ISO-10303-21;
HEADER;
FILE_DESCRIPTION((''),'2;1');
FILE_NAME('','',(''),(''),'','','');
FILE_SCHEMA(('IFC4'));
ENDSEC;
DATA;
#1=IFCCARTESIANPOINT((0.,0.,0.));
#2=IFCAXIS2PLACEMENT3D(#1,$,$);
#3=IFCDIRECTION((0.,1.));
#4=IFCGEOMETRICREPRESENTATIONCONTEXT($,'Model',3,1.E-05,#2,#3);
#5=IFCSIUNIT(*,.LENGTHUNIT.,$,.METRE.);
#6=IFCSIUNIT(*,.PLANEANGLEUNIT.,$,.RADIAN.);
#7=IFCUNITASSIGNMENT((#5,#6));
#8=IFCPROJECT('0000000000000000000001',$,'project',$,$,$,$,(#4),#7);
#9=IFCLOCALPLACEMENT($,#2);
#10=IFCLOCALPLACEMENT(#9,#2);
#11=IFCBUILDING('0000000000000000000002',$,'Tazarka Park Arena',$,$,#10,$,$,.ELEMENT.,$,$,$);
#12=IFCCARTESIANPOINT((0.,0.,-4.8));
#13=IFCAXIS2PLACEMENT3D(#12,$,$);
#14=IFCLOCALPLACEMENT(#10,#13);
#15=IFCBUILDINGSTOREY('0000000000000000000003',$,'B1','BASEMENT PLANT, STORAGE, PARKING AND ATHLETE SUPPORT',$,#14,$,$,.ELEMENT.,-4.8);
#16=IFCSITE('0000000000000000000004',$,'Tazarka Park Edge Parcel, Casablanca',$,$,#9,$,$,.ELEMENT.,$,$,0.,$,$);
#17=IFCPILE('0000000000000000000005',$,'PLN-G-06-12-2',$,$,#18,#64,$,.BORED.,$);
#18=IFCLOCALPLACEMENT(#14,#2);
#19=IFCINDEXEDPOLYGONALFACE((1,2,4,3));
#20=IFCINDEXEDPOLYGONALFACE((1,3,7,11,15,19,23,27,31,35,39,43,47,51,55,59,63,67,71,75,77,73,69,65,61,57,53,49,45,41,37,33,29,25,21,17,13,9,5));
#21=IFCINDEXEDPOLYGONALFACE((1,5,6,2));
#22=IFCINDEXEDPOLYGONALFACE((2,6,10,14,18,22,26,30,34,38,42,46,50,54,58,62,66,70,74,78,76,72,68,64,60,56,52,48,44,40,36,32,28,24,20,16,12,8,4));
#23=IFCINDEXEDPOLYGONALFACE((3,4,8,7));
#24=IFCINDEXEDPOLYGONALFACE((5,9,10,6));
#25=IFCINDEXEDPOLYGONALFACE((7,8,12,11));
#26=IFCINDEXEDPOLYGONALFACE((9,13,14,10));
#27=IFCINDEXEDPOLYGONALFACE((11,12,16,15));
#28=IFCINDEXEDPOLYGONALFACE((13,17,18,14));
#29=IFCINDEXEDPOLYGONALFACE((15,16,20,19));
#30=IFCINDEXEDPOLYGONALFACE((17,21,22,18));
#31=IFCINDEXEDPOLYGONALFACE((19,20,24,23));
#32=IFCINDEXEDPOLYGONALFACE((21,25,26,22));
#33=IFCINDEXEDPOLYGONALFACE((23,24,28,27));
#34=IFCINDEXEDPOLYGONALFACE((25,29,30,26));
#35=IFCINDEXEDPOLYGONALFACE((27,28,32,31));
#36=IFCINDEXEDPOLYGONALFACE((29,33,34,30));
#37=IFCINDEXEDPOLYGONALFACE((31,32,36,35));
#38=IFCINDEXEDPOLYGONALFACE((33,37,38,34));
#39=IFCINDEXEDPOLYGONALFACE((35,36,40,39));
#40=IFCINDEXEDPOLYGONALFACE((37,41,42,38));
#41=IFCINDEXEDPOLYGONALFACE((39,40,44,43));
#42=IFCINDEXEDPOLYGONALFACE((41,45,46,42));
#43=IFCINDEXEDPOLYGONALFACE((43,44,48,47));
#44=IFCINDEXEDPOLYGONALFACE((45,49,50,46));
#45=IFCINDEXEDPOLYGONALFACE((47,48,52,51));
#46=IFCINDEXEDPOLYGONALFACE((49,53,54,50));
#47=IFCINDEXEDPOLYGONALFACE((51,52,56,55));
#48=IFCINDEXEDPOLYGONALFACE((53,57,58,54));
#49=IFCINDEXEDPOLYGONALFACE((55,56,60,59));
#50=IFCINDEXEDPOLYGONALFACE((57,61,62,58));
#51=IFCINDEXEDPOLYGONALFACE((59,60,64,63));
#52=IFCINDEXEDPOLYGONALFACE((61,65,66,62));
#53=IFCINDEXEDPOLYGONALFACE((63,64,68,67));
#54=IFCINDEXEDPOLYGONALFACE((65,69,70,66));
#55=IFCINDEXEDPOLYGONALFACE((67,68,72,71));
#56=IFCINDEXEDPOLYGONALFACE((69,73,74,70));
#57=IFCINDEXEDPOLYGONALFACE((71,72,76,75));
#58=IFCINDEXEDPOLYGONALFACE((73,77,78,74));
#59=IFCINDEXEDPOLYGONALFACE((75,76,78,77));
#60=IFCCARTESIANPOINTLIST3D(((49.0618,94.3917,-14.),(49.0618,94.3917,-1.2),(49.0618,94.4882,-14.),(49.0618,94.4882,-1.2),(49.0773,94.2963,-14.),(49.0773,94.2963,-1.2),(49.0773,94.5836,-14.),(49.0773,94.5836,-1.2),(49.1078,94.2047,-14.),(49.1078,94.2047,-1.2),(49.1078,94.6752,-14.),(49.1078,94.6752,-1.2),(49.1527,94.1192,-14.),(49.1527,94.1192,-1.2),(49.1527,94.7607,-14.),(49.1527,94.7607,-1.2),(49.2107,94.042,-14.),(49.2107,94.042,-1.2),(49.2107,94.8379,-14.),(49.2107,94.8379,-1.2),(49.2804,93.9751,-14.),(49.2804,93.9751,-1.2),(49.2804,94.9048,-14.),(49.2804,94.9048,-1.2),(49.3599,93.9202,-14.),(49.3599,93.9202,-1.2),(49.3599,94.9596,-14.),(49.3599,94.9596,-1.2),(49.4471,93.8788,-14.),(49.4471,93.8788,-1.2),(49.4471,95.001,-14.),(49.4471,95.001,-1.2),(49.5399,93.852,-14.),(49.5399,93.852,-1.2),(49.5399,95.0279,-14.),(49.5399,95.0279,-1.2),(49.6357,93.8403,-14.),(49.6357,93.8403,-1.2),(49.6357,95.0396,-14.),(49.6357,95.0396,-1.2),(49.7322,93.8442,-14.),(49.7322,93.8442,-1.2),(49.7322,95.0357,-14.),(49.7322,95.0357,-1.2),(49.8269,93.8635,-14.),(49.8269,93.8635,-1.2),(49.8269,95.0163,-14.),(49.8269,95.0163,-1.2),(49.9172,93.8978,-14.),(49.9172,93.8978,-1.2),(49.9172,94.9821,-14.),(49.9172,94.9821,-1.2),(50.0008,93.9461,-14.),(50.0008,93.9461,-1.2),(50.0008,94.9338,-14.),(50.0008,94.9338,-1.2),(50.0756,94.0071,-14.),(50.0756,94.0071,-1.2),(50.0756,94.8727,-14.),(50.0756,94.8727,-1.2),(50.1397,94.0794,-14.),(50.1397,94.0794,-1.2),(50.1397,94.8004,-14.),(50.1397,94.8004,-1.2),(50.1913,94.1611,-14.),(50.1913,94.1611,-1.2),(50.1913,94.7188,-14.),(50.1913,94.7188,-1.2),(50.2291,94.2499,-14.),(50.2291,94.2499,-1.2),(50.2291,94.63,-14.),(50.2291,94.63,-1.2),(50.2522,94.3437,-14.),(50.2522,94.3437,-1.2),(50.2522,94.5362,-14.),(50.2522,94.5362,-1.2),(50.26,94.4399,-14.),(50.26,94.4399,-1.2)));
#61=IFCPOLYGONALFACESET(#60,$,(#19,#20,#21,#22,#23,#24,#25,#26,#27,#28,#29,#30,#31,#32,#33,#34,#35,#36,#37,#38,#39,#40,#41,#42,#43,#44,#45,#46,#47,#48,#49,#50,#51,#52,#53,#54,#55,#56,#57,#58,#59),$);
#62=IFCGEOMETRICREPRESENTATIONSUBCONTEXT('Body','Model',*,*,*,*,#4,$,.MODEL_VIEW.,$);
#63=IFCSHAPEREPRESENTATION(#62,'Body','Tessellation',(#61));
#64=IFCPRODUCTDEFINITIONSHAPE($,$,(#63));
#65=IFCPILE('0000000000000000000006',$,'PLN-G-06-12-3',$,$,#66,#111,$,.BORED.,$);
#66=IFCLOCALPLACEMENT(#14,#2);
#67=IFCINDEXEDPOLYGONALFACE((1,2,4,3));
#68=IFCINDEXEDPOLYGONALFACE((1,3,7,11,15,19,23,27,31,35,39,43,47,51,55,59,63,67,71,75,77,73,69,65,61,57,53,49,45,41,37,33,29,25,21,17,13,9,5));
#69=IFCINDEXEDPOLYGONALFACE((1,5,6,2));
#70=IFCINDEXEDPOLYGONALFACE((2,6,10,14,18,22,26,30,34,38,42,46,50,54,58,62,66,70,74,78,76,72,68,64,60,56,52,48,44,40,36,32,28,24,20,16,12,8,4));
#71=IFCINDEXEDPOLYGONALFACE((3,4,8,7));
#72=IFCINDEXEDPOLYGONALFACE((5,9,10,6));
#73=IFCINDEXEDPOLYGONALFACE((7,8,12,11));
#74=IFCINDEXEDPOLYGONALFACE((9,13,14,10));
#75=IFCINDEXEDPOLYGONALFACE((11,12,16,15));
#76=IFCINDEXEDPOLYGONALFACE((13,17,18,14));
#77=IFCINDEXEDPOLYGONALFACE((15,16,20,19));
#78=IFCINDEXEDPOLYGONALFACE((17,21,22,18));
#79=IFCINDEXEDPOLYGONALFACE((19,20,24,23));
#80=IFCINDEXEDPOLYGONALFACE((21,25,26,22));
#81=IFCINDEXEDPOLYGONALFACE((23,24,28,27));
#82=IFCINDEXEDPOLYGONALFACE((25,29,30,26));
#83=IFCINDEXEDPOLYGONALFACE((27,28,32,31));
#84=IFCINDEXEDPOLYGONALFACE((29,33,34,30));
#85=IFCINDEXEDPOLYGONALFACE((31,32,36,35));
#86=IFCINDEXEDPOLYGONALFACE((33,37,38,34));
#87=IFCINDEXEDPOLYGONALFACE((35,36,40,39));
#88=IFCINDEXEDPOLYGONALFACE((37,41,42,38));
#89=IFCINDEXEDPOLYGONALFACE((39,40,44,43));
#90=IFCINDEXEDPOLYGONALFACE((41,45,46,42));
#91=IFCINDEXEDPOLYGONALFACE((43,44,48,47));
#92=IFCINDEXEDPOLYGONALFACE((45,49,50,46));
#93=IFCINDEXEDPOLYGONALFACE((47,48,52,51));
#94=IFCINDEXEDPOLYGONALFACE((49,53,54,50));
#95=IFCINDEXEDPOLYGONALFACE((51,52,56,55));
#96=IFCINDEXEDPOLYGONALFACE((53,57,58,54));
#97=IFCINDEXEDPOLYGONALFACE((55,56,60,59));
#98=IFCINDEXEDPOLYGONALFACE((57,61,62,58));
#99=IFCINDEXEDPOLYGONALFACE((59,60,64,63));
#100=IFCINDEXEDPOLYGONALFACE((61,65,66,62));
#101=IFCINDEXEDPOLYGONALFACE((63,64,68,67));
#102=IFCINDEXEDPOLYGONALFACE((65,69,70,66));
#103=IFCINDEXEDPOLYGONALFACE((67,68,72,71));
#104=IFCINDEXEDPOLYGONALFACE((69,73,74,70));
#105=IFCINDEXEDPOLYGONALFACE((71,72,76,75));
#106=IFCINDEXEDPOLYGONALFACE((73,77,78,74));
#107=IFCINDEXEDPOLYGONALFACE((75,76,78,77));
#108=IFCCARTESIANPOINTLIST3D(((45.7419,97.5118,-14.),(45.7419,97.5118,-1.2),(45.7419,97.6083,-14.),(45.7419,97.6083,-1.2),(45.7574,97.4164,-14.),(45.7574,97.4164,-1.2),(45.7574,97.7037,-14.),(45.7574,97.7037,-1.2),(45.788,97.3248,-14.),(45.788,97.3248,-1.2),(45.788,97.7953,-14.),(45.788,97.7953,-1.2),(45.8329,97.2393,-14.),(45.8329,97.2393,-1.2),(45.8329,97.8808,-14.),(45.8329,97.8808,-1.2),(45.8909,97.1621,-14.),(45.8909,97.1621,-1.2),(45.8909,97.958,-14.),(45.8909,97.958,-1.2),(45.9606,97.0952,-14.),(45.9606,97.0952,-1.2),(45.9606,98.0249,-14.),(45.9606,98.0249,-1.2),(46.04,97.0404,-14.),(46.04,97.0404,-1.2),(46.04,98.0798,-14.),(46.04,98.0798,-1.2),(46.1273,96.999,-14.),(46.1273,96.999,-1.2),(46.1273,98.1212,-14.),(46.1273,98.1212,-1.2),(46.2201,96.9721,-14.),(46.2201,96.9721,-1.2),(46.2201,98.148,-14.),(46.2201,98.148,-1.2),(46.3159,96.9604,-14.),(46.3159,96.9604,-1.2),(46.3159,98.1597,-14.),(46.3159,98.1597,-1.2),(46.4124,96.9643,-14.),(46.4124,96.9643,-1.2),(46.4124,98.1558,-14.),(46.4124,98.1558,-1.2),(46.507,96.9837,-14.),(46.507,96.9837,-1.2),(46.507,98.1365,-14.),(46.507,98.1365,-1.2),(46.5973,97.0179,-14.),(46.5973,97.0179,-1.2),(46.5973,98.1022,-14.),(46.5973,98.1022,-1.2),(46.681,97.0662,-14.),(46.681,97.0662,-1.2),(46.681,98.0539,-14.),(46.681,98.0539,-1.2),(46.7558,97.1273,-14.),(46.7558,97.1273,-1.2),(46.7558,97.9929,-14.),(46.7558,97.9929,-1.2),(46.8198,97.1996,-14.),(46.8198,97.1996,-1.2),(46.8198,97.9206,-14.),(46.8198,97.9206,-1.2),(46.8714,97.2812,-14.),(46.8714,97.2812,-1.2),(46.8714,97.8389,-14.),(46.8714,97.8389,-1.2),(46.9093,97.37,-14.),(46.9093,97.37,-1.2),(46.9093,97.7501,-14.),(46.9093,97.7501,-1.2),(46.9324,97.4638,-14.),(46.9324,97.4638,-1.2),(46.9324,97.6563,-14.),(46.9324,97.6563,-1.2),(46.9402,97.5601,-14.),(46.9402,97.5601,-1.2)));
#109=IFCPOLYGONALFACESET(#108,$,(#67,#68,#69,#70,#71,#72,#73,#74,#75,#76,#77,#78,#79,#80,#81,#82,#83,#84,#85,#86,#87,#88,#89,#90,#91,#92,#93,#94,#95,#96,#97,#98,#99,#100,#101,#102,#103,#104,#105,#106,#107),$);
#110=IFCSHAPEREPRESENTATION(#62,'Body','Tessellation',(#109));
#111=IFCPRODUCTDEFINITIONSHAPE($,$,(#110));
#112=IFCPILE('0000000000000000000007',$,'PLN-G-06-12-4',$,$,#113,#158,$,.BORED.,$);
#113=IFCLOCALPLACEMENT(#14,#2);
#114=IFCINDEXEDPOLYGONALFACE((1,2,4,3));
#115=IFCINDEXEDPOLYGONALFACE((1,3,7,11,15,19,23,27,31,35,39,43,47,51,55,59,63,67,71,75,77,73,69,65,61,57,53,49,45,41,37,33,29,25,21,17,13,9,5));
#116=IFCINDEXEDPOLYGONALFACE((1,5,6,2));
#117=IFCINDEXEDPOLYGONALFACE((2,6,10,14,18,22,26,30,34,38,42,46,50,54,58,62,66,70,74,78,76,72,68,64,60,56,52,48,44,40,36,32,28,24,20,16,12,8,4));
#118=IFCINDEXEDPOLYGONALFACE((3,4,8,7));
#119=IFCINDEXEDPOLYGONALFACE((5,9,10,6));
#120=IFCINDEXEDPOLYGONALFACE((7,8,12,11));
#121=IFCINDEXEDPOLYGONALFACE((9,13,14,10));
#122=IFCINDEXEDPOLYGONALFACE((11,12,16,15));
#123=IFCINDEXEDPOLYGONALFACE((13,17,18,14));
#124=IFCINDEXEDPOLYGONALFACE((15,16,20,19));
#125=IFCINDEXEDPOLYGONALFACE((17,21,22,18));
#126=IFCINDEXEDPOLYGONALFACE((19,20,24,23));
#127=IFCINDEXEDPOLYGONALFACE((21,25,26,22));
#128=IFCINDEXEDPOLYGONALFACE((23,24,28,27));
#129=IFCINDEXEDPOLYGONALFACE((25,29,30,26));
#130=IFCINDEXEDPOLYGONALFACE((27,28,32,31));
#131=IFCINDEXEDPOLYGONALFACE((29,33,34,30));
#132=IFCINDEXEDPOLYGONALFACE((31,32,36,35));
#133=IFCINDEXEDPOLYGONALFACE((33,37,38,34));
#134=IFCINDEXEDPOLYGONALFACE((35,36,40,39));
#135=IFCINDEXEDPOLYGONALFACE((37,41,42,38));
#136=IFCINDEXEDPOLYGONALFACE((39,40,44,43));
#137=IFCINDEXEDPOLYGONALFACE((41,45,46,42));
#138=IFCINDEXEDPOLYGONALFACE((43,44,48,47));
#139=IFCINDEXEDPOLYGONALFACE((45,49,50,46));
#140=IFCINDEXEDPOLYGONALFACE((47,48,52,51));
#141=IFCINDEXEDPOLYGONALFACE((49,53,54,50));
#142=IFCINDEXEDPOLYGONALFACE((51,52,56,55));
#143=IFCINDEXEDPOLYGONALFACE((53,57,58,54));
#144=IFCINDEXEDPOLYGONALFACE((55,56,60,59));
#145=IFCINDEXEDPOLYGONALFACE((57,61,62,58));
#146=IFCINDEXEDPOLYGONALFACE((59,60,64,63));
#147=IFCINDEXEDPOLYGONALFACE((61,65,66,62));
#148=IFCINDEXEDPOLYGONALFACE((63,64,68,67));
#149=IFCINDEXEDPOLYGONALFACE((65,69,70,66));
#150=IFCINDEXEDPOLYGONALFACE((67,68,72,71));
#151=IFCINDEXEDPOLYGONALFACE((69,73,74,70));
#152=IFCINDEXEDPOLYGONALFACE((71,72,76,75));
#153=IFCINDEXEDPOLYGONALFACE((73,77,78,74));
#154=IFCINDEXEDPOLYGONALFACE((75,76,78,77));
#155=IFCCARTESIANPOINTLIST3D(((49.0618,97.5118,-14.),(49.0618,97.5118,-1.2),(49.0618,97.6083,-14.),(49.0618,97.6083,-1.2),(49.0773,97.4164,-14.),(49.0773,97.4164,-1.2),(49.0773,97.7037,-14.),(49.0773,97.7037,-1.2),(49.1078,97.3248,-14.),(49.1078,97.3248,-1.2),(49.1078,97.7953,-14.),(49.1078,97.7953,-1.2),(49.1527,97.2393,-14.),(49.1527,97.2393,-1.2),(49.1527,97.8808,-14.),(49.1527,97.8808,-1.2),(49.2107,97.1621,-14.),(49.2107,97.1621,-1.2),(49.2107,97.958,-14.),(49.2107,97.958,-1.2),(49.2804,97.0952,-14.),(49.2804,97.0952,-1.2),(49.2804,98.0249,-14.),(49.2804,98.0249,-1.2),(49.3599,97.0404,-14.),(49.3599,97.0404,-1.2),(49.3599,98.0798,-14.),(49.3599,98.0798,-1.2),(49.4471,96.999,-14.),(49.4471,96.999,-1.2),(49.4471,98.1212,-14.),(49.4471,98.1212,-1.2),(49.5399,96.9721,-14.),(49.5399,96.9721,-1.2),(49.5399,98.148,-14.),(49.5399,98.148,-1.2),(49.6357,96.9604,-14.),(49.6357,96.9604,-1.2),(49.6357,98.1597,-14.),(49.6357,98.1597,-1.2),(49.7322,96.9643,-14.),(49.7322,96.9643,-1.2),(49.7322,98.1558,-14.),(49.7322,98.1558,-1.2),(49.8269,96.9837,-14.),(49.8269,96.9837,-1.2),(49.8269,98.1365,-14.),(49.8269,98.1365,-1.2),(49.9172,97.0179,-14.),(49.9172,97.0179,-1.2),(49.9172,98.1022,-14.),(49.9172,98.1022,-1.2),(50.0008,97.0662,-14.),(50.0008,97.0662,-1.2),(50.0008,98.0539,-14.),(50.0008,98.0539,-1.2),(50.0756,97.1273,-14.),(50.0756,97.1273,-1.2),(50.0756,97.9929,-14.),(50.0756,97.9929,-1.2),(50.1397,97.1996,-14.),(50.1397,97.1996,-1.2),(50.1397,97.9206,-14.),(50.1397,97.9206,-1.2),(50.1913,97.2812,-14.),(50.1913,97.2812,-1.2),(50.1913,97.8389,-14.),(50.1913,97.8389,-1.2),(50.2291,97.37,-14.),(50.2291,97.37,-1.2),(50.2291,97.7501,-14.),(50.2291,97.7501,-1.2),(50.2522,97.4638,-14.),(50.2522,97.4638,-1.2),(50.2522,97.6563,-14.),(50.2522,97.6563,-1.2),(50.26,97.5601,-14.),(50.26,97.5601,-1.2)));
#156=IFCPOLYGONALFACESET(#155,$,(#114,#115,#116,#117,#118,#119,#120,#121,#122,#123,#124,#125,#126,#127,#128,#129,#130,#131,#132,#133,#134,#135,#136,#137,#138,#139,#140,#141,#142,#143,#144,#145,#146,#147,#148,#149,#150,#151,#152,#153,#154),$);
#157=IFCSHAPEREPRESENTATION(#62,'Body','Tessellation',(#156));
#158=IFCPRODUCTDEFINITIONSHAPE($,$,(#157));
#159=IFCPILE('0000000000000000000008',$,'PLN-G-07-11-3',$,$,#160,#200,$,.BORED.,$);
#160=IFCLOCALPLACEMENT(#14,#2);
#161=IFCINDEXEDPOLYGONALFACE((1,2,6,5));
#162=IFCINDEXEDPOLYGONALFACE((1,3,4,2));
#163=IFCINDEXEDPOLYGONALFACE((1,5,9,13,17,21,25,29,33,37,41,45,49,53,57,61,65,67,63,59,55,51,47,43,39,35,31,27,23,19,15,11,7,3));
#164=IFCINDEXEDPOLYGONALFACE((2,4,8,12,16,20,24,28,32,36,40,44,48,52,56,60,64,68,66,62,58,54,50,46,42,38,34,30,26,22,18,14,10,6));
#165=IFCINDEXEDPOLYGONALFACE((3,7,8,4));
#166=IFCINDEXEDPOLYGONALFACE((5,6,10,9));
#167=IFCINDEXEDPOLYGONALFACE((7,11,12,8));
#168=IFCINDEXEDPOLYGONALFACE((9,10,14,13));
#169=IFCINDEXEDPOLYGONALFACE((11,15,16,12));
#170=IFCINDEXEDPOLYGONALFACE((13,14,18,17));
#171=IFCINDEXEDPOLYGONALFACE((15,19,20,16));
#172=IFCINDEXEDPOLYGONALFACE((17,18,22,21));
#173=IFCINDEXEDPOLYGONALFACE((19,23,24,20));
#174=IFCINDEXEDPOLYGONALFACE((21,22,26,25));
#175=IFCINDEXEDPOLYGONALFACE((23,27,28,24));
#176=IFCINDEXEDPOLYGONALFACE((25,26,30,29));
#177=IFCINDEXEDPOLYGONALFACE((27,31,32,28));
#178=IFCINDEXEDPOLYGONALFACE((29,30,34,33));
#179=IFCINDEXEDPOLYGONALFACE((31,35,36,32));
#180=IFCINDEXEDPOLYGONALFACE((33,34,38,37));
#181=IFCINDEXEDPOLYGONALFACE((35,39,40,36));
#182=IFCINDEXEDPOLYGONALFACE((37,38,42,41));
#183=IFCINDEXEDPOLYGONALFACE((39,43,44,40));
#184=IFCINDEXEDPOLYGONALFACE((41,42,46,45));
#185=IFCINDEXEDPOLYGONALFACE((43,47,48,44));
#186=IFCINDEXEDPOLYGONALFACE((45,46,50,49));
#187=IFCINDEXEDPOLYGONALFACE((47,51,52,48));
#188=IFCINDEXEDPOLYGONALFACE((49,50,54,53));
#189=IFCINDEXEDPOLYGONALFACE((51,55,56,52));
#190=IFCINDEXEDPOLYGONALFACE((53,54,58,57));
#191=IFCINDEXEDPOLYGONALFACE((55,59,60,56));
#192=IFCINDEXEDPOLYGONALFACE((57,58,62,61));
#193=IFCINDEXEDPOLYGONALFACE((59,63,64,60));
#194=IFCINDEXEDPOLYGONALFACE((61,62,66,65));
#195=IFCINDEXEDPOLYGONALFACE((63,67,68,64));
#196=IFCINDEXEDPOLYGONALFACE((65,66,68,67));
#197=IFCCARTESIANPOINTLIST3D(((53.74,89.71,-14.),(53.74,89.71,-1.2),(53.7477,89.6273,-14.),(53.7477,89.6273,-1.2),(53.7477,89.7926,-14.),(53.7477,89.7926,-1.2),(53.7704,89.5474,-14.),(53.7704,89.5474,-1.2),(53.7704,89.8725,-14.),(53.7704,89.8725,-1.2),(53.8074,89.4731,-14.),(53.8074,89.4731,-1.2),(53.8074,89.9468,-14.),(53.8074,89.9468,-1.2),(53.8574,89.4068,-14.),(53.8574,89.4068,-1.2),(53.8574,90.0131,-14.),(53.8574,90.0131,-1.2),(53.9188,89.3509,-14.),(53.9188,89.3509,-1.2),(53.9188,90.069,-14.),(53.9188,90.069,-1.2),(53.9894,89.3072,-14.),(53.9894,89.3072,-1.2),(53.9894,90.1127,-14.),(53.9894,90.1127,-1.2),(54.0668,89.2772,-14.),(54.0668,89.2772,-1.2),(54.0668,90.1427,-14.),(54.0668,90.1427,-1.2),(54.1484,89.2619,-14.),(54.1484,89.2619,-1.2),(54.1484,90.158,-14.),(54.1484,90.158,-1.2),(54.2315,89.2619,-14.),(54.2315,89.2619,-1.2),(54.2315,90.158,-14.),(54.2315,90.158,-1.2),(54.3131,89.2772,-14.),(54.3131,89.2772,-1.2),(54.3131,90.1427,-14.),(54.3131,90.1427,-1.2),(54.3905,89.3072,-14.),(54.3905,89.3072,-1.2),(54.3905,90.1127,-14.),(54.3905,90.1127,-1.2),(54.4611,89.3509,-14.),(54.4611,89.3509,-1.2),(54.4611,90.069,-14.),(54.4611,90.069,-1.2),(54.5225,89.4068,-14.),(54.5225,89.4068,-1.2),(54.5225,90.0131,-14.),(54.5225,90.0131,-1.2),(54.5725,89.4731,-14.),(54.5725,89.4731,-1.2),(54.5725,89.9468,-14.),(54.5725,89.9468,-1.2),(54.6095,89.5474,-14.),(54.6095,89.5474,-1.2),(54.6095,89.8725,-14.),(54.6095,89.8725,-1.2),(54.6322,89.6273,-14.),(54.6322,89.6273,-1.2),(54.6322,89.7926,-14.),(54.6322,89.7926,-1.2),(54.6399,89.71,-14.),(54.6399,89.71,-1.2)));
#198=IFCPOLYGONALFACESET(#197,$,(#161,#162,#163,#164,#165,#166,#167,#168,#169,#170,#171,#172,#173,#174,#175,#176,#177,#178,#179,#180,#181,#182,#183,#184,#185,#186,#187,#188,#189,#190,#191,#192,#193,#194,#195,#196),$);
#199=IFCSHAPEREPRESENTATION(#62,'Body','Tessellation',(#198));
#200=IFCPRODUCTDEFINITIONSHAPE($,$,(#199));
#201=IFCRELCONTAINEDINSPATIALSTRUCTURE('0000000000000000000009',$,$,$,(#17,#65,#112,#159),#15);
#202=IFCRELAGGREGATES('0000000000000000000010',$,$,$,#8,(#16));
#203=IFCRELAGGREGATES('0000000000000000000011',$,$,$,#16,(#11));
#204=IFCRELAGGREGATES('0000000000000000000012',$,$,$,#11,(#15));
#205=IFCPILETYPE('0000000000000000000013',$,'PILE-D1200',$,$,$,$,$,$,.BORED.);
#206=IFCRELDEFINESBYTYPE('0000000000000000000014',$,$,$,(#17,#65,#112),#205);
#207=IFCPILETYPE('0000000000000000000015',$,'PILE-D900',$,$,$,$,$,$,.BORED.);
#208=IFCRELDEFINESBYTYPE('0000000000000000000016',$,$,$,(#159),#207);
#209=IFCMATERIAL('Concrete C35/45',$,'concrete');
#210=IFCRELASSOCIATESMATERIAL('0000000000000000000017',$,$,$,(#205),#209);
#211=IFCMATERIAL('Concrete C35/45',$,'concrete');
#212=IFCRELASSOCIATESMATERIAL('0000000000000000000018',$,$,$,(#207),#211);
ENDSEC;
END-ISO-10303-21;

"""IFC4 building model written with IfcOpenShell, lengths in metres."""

from ifc_helpers import new_model, si_unit, direction, frame, origin, origin_2d, place, context, subcontext, project, spatial, circle, extrude, material, material_profile, profile_set, type_object, element, save


model = new_model("IFC4")

# Units and contexts
model_context = context("Model", 3, precision=1e-05, world=origin(), true_north=direction((0.0, 1.0)))
body_context = subcontext(model_context, "Body", "Model", "MODEL_VIEW")
ifc_project = project(units=[si_unit("LENGTHUNIT", "METRE"), si_unit("PLANEANGLEUNIT", "RADIAN")], contexts=[model_context])

# Site, building, storey
site_placement = place(None, origin())
site = spatial("IfcSite", under=ifc_project, at=site_placement, Name="Tazarka Park Edge Parcel, Casablanca", CompositionType="ELEMENT", RefElevation=0.0)
building_placement = place(site_placement, origin())
building = spatial("IfcBuilding", under=site, at=building_placement, Name="Tazarka Park Arena", CompositionType="ELEMENT")
storey_placement = place(building_placement, frame((0.0, 0.0, -4.8)))
storey = spatial("IfcBuildingStorey", under=building, at=storey_placement, Name="B1", Description="BASEMENT PLANT, STORAGE, PARKING AND ATHLETE SUPPORT", CompositionType="ELEMENT", Elevation=-4.8)

# Piles
ifc_material_1 = material(Name="Concrete C35/45", Category="concrete")
ifc_material_profile_1 = material_profile(ifc_material_1, circle(Radius=0.6001, at=origin_2d()), Name="Concrete C35/45")
ifc_profile_set_1 = profile_set([ifc_material_profile_1], Name="Concrete C35/45")
pile_type_1 = type_object("IfcPileType", Name="PILE-D1200", PredefinedType="BORED", material=ifc_profile_set_1)
for number, where, z_axis, x_axis, name in (
    (1, (49.6599, 94.4399, -1.2), (0.0, 0.0, -1.0), (1.0, 0.0, 0.0), "PLN-G-06-12-2"),
    (2, (46.3401, 97.5601, -1.2), (0.0, 0.0, -1.0), (1.0, 0.0, 0.0), "PLN-G-06-12-3"),
    (3, (49.6599, 97.5601, -1.2), (0.0, 0.0, -1.0), (1.0, 0.0, 0.0), "PLN-G-06-12-4"),
):
    element("IfcPile", number, at=place(storey_placement, frame(where, z_axis=z_axis, x_axis=x_axis)), inside=storey, type_object=pile_type_1, Name=name, PredefinedType="BORED", context=body_context, shape_type="SweptSolid", body=[
        extrude(circle(Radius=0.6001, at=origin_2d()), origin(), (0.0, 0.0, 1.0), 12.8),
    ])
ifc_material_2 = material(Name="Concrete C35/45", Category="concrete")
ifc_material_profile_2 = material_profile(ifc_material_2, circle(Radius=0.45, at=origin_2d()), Name="Concrete C35/45")
ifc_profile_set_2 = profile_set([ifc_material_profile_2], Name="Concrete C35/45")
pile_type_2 = type_object("IfcPileType", Name="PILE-D900", PredefinedType="BORED", material=ifc_profile_set_2)
for number, where, z_axis, x_axis, name in (
    (4, (54.1899, 89.71, -1.2), (0.0, 0.0, -1.0), (1.0, 0.0, 0.0), "PLN-G-07-11-3"),
):
    element("IfcPile", number, at=place(storey_placement, frame(where, z_axis=z_axis, x_axis=x_axis)), inside=storey, type_object=pile_type_2, Name=name, PredefinedType="BORED", context=body_context, shape_type="SweptSolid", body=[
        extrude(circle(Radius=0.45, at=origin_2d()), origin(), (0.0, 0.0, 1.0), 12.8),
    ])

save(model, "model.ifc")
